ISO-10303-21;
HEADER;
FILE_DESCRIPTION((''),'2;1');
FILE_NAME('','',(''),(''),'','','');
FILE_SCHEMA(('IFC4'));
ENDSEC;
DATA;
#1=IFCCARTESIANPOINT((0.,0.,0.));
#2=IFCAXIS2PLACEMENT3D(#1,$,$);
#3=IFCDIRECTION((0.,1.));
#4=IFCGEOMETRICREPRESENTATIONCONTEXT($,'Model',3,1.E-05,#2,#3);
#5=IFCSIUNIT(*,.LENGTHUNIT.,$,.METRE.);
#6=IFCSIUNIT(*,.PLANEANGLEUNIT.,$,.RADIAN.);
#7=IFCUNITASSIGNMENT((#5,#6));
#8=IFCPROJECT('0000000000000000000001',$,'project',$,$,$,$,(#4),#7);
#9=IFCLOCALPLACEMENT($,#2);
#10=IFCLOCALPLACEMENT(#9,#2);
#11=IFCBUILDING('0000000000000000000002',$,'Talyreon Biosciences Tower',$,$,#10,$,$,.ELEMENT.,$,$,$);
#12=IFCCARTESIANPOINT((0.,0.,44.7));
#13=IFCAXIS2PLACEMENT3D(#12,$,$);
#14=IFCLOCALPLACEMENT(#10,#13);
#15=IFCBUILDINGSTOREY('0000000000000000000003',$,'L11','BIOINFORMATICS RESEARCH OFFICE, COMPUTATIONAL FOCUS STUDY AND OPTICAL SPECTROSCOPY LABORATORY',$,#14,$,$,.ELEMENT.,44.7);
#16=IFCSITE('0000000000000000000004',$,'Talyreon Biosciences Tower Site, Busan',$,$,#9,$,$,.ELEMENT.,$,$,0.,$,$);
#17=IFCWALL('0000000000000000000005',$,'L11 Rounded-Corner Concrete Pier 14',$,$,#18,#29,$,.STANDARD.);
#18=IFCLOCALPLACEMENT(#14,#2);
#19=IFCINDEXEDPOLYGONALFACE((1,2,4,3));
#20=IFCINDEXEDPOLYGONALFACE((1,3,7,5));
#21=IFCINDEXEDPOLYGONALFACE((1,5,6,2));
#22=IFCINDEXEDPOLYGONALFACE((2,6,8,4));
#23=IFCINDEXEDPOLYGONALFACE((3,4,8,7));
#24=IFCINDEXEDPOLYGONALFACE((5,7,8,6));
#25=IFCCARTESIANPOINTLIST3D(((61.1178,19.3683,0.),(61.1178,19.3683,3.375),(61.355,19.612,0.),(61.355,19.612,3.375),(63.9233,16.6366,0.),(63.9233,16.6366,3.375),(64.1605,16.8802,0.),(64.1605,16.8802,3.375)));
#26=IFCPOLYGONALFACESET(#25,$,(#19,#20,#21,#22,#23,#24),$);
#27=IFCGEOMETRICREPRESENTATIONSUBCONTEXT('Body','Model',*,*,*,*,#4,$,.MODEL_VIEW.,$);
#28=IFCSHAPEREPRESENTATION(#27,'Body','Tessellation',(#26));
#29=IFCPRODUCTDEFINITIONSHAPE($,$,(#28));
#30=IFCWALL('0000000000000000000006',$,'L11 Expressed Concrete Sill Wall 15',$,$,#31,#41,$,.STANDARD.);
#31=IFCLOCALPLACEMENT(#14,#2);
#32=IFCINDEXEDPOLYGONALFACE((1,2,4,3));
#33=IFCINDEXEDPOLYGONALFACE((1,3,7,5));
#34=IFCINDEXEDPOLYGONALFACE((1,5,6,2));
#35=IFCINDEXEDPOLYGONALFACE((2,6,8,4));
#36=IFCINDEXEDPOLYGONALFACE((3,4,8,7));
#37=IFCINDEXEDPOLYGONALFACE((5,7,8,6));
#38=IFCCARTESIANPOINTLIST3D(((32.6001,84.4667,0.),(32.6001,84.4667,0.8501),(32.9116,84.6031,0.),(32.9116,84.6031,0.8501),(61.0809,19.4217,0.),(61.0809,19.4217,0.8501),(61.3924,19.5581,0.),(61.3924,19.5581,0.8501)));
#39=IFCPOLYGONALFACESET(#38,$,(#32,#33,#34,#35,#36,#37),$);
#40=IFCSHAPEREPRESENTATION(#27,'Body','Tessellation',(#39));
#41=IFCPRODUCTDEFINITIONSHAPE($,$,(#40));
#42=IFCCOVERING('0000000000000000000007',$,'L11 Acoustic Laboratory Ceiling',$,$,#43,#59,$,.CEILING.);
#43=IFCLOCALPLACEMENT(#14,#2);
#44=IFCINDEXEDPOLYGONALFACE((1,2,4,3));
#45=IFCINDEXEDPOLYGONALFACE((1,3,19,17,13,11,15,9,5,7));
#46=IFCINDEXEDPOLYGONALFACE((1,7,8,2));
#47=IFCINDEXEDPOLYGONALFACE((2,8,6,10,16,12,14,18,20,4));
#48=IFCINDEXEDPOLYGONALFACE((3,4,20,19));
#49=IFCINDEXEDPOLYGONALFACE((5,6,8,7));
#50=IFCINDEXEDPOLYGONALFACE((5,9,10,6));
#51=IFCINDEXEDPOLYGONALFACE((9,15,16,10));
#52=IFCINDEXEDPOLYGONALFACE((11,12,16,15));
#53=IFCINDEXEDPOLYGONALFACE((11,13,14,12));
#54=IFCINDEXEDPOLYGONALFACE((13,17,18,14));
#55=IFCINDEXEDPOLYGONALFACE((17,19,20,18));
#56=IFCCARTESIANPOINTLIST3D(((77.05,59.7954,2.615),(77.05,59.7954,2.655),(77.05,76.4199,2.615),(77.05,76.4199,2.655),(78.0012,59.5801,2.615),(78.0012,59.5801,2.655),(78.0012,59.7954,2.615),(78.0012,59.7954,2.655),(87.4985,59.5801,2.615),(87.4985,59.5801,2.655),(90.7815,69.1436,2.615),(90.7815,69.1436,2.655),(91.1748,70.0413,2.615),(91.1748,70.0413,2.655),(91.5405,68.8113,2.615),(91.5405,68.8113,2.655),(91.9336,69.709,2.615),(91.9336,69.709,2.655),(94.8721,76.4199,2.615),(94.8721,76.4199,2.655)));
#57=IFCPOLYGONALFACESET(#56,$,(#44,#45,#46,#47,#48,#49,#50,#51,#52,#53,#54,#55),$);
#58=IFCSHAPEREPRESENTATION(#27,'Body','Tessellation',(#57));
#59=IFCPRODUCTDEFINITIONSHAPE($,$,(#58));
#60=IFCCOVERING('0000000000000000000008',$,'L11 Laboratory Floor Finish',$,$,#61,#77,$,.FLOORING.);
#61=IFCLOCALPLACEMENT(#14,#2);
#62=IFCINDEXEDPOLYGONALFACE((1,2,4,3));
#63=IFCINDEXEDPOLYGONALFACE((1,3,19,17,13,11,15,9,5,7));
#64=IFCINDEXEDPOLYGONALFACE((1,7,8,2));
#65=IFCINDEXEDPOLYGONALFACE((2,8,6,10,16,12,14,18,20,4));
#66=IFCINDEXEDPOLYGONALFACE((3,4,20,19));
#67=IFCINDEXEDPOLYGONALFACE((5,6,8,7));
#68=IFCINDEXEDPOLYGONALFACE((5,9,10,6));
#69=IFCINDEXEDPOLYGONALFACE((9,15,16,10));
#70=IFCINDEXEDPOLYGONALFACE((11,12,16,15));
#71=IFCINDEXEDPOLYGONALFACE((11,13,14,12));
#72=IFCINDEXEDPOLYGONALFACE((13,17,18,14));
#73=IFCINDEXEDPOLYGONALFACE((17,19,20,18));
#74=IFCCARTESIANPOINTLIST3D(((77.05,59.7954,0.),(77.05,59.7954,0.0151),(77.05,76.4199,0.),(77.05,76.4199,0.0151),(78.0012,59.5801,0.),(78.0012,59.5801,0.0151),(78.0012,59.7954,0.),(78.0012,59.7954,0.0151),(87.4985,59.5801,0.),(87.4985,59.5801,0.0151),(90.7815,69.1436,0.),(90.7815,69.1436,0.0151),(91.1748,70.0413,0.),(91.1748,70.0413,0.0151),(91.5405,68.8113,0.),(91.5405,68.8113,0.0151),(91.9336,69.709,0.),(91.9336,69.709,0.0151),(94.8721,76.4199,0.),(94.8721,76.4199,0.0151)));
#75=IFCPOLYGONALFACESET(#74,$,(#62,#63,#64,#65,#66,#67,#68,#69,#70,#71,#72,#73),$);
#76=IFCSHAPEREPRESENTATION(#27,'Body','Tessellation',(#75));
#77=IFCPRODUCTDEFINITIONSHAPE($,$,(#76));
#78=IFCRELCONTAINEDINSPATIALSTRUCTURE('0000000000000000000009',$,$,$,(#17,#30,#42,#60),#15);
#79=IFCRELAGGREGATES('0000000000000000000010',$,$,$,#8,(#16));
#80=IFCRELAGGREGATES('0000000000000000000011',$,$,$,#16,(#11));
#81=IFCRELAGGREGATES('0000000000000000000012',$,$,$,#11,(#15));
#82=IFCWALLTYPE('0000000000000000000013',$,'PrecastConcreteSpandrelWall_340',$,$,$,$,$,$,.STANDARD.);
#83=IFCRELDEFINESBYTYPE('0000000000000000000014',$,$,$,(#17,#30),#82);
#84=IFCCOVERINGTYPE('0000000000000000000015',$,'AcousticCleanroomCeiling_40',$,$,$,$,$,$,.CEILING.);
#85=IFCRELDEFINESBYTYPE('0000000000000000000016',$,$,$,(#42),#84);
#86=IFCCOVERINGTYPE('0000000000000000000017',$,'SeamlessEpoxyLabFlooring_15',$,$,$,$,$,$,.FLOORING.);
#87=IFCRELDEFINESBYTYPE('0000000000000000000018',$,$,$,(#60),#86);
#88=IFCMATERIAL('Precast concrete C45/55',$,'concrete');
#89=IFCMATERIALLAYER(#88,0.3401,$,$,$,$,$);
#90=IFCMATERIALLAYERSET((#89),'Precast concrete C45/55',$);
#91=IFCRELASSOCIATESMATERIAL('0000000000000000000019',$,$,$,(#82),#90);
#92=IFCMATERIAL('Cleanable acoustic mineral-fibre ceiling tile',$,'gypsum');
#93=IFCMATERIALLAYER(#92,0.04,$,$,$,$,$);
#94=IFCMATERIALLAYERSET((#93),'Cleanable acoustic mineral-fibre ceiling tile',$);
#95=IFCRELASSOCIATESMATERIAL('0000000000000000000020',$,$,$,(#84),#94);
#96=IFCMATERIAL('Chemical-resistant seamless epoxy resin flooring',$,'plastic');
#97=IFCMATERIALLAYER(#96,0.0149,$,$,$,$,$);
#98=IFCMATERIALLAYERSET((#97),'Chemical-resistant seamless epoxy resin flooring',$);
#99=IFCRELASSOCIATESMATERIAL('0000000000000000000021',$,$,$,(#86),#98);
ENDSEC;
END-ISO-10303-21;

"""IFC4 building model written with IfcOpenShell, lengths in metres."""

from ifc_helpers import new_model, si_unit, direction, frame, frame_2d, origin, place, context, subcontext, project, spatial, polyline, rectangle, outline, extrude, material, layer, layer_set, type_object, element, save


model = new_model("IFC4")

# Units and contexts
model_context = context("Model", 3, precision=1e-05, world=origin(), true_north=direction((0.0, 1.0)))
body_context = subcontext(model_context, "Body", "Model", "MODEL_VIEW")
ifc_project = project(units=[si_unit("LENGTHUNIT", "METRE"), si_unit("PLANEANGLEUNIT", "RADIAN")], contexts=[model_context])

# Site, building, storey
site_placement = place(None, origin())
site = spatial("IfcSite", under=ifc_project, at=site_placement, Name="Talyreon Biosciences Tower Site, Busan", CompositionType="ELEMENT", RefElevation=0.0)
building_placement = place(site_placement, origin())
building = spatial("IfcBuilding", under=site, at=building_placement, Name="Talyreon Biosciences Tower", CompositionType="ELEMENT")
storey_placement = place(building_placement, frame((0.0, 0.0, 44.7)))
storey = spatial("IfcBuildingStorey", under=building, at=storey_placement, Name="L11", Description="BIOINFORMATICS RESEARCH OFFICE, COMPUTATIONAL FOCUS STUDY AND OPTICAL SPECTROSCOPY LABORATORY", CompositionType="ELEMENT", Elevation=44.7)

# Shared definitions
ifc_material_1 = material(Name="Precast concrete C45/55", Category="concrete")

# Walls
ifc_layer_1 = layer(ifc_material_1, 0.3401)
ifc_layer_set_1 = layer_set([ifc_layer_1], Name="Precast concrete C45/55")
wall_type_1 = type_object("IfcWallType", Name="PrecastConcreteSpandrelWall_340", PredefinedType="STANDARD", material=ifc_layer_set_1)
wall_1_placement = place(storey_placement, frame((64.042, 16.7583, 0.0), z_axis=(0.0, 0.0, 1.0), x_axis=(-0.716459, 0.697629, 0.0)))
element("IfcWall", 1, at=wall_1_placement, inside=storey, type_object=wall_type_1, Name="L11 Rounded-Corner Concrete Pier 14", PredefinedType="STANDARD", context=body_context, shape_type="SweptSolid", body=[
    extrude(rectangle(XDim=3.9158, YDim=0.3401, at=frame_2d((1.958, 0.0))), origin(), (0.0, 0.0, 1.0), 3.375),
])
wall_2_placement = place(storey_placement, frame((61.2366, 19.49, 0.0), z_axis=(0.0, 0.0, 1.0), x_axis=(-0.401097, 0.916035, 0.0)))
element("IfcWall", 2, at=wall_2_placement, inside=storey, type_object=wall_type_1, Name="L11 Expressed Concrete Sill Wall 15", PredefinedType="STANDARD", context=body_context, shape_type="SweptSolid", body=[
    extrude(rectangle(XDim=71.0071, YDim=0.3401, at=frame_2d((35.5034, 0.0))), origin(), (0.0, 0.0, 1.0), 0.8501),
])

# Coverings
ifc_material_2 = material(Name="Cleanable acoustic mineral-fibre ceiling tile", Category="gypsum")
ifc_layer_2 = layer(ifc_material_2, 0.04)
ifc_layer_set_2 = layer_set([ifc_layer_2], Name="Cleanable acoustic mineral-fibre ceiling tile")
covering_type_1 = type_object("IfcCoveringType", Name="AcousticCleanroomCeiling_40", PredefinedType="CEILING", material=ifc_layer_set_2)
covering_1_placement = place(storey_placement, frame((0.0, 0.0, 2.615)))
element("IfcCovering", 3, at=covering_1_placement, inside=storey, type_object=covering_type_1, Name="L11 Acoustic Laboratory Ceiling", PredefinedType="CEILING", context=body_context, shape_type="SweptSolid", body=[
    extrude(outline(polyline([(78.0012, 59.5801), (78.0012, 59.7954), (77.05, 59.7954), (77.05, 76.4199), (94.8721, 76.4199), (91.9336, 69.709), (91.1748, 70.0413), (90.7815, 69.1436), (91.5405, 68.8113), (87.4985, 59.5801), (78.0012, 59.5801)])), origin(), (0.0, 0.0, 1.0), 0.04),
])
ifc_material_3 = material(Name="Chemical-resistant seamless epoxy resin flooring", Category="plastic")
ifc_layer_3 = layer(ifc_material_3, 0.0149)
ifc_layer_set_3 = layer_set([ifc_layer_3], Name="Chemical-resistant seamless epoxy resin flooring")
covering_type_2 = type_object("IfcCoveringType", Name="SeamlessEpoxyLabFlooring_15", PredefinedType="FLOORING", material=ifc_layer_set_3)
covering_2_placement = place(storey_placement, origin())
element("IfcCovering", 4, at=covering_2_placement, inside=storey, type_object=covering_type_2, Name="L11 Laboratory Floor Finish", PredefinedType="FLOORING", context=body_context, shape_type="SweptSolid", body=[
    extrude(outline(polyline([(78.0012, 59.5801), (78.0012, 59.7954), (77.05, 59.7954), (77.05, 76.4199), (94.8721, 76.4199), (91.9336, 69.709), (91.1748, 70.0413), (90.7815, 69.1436), (91.5405, 68.8113), (87.4985, 59.5801), (78.0012, 59.5801)])), origin(), (0.0, 0.0, 1.0), 0.0151),
])

save(model, "model.ifc")
